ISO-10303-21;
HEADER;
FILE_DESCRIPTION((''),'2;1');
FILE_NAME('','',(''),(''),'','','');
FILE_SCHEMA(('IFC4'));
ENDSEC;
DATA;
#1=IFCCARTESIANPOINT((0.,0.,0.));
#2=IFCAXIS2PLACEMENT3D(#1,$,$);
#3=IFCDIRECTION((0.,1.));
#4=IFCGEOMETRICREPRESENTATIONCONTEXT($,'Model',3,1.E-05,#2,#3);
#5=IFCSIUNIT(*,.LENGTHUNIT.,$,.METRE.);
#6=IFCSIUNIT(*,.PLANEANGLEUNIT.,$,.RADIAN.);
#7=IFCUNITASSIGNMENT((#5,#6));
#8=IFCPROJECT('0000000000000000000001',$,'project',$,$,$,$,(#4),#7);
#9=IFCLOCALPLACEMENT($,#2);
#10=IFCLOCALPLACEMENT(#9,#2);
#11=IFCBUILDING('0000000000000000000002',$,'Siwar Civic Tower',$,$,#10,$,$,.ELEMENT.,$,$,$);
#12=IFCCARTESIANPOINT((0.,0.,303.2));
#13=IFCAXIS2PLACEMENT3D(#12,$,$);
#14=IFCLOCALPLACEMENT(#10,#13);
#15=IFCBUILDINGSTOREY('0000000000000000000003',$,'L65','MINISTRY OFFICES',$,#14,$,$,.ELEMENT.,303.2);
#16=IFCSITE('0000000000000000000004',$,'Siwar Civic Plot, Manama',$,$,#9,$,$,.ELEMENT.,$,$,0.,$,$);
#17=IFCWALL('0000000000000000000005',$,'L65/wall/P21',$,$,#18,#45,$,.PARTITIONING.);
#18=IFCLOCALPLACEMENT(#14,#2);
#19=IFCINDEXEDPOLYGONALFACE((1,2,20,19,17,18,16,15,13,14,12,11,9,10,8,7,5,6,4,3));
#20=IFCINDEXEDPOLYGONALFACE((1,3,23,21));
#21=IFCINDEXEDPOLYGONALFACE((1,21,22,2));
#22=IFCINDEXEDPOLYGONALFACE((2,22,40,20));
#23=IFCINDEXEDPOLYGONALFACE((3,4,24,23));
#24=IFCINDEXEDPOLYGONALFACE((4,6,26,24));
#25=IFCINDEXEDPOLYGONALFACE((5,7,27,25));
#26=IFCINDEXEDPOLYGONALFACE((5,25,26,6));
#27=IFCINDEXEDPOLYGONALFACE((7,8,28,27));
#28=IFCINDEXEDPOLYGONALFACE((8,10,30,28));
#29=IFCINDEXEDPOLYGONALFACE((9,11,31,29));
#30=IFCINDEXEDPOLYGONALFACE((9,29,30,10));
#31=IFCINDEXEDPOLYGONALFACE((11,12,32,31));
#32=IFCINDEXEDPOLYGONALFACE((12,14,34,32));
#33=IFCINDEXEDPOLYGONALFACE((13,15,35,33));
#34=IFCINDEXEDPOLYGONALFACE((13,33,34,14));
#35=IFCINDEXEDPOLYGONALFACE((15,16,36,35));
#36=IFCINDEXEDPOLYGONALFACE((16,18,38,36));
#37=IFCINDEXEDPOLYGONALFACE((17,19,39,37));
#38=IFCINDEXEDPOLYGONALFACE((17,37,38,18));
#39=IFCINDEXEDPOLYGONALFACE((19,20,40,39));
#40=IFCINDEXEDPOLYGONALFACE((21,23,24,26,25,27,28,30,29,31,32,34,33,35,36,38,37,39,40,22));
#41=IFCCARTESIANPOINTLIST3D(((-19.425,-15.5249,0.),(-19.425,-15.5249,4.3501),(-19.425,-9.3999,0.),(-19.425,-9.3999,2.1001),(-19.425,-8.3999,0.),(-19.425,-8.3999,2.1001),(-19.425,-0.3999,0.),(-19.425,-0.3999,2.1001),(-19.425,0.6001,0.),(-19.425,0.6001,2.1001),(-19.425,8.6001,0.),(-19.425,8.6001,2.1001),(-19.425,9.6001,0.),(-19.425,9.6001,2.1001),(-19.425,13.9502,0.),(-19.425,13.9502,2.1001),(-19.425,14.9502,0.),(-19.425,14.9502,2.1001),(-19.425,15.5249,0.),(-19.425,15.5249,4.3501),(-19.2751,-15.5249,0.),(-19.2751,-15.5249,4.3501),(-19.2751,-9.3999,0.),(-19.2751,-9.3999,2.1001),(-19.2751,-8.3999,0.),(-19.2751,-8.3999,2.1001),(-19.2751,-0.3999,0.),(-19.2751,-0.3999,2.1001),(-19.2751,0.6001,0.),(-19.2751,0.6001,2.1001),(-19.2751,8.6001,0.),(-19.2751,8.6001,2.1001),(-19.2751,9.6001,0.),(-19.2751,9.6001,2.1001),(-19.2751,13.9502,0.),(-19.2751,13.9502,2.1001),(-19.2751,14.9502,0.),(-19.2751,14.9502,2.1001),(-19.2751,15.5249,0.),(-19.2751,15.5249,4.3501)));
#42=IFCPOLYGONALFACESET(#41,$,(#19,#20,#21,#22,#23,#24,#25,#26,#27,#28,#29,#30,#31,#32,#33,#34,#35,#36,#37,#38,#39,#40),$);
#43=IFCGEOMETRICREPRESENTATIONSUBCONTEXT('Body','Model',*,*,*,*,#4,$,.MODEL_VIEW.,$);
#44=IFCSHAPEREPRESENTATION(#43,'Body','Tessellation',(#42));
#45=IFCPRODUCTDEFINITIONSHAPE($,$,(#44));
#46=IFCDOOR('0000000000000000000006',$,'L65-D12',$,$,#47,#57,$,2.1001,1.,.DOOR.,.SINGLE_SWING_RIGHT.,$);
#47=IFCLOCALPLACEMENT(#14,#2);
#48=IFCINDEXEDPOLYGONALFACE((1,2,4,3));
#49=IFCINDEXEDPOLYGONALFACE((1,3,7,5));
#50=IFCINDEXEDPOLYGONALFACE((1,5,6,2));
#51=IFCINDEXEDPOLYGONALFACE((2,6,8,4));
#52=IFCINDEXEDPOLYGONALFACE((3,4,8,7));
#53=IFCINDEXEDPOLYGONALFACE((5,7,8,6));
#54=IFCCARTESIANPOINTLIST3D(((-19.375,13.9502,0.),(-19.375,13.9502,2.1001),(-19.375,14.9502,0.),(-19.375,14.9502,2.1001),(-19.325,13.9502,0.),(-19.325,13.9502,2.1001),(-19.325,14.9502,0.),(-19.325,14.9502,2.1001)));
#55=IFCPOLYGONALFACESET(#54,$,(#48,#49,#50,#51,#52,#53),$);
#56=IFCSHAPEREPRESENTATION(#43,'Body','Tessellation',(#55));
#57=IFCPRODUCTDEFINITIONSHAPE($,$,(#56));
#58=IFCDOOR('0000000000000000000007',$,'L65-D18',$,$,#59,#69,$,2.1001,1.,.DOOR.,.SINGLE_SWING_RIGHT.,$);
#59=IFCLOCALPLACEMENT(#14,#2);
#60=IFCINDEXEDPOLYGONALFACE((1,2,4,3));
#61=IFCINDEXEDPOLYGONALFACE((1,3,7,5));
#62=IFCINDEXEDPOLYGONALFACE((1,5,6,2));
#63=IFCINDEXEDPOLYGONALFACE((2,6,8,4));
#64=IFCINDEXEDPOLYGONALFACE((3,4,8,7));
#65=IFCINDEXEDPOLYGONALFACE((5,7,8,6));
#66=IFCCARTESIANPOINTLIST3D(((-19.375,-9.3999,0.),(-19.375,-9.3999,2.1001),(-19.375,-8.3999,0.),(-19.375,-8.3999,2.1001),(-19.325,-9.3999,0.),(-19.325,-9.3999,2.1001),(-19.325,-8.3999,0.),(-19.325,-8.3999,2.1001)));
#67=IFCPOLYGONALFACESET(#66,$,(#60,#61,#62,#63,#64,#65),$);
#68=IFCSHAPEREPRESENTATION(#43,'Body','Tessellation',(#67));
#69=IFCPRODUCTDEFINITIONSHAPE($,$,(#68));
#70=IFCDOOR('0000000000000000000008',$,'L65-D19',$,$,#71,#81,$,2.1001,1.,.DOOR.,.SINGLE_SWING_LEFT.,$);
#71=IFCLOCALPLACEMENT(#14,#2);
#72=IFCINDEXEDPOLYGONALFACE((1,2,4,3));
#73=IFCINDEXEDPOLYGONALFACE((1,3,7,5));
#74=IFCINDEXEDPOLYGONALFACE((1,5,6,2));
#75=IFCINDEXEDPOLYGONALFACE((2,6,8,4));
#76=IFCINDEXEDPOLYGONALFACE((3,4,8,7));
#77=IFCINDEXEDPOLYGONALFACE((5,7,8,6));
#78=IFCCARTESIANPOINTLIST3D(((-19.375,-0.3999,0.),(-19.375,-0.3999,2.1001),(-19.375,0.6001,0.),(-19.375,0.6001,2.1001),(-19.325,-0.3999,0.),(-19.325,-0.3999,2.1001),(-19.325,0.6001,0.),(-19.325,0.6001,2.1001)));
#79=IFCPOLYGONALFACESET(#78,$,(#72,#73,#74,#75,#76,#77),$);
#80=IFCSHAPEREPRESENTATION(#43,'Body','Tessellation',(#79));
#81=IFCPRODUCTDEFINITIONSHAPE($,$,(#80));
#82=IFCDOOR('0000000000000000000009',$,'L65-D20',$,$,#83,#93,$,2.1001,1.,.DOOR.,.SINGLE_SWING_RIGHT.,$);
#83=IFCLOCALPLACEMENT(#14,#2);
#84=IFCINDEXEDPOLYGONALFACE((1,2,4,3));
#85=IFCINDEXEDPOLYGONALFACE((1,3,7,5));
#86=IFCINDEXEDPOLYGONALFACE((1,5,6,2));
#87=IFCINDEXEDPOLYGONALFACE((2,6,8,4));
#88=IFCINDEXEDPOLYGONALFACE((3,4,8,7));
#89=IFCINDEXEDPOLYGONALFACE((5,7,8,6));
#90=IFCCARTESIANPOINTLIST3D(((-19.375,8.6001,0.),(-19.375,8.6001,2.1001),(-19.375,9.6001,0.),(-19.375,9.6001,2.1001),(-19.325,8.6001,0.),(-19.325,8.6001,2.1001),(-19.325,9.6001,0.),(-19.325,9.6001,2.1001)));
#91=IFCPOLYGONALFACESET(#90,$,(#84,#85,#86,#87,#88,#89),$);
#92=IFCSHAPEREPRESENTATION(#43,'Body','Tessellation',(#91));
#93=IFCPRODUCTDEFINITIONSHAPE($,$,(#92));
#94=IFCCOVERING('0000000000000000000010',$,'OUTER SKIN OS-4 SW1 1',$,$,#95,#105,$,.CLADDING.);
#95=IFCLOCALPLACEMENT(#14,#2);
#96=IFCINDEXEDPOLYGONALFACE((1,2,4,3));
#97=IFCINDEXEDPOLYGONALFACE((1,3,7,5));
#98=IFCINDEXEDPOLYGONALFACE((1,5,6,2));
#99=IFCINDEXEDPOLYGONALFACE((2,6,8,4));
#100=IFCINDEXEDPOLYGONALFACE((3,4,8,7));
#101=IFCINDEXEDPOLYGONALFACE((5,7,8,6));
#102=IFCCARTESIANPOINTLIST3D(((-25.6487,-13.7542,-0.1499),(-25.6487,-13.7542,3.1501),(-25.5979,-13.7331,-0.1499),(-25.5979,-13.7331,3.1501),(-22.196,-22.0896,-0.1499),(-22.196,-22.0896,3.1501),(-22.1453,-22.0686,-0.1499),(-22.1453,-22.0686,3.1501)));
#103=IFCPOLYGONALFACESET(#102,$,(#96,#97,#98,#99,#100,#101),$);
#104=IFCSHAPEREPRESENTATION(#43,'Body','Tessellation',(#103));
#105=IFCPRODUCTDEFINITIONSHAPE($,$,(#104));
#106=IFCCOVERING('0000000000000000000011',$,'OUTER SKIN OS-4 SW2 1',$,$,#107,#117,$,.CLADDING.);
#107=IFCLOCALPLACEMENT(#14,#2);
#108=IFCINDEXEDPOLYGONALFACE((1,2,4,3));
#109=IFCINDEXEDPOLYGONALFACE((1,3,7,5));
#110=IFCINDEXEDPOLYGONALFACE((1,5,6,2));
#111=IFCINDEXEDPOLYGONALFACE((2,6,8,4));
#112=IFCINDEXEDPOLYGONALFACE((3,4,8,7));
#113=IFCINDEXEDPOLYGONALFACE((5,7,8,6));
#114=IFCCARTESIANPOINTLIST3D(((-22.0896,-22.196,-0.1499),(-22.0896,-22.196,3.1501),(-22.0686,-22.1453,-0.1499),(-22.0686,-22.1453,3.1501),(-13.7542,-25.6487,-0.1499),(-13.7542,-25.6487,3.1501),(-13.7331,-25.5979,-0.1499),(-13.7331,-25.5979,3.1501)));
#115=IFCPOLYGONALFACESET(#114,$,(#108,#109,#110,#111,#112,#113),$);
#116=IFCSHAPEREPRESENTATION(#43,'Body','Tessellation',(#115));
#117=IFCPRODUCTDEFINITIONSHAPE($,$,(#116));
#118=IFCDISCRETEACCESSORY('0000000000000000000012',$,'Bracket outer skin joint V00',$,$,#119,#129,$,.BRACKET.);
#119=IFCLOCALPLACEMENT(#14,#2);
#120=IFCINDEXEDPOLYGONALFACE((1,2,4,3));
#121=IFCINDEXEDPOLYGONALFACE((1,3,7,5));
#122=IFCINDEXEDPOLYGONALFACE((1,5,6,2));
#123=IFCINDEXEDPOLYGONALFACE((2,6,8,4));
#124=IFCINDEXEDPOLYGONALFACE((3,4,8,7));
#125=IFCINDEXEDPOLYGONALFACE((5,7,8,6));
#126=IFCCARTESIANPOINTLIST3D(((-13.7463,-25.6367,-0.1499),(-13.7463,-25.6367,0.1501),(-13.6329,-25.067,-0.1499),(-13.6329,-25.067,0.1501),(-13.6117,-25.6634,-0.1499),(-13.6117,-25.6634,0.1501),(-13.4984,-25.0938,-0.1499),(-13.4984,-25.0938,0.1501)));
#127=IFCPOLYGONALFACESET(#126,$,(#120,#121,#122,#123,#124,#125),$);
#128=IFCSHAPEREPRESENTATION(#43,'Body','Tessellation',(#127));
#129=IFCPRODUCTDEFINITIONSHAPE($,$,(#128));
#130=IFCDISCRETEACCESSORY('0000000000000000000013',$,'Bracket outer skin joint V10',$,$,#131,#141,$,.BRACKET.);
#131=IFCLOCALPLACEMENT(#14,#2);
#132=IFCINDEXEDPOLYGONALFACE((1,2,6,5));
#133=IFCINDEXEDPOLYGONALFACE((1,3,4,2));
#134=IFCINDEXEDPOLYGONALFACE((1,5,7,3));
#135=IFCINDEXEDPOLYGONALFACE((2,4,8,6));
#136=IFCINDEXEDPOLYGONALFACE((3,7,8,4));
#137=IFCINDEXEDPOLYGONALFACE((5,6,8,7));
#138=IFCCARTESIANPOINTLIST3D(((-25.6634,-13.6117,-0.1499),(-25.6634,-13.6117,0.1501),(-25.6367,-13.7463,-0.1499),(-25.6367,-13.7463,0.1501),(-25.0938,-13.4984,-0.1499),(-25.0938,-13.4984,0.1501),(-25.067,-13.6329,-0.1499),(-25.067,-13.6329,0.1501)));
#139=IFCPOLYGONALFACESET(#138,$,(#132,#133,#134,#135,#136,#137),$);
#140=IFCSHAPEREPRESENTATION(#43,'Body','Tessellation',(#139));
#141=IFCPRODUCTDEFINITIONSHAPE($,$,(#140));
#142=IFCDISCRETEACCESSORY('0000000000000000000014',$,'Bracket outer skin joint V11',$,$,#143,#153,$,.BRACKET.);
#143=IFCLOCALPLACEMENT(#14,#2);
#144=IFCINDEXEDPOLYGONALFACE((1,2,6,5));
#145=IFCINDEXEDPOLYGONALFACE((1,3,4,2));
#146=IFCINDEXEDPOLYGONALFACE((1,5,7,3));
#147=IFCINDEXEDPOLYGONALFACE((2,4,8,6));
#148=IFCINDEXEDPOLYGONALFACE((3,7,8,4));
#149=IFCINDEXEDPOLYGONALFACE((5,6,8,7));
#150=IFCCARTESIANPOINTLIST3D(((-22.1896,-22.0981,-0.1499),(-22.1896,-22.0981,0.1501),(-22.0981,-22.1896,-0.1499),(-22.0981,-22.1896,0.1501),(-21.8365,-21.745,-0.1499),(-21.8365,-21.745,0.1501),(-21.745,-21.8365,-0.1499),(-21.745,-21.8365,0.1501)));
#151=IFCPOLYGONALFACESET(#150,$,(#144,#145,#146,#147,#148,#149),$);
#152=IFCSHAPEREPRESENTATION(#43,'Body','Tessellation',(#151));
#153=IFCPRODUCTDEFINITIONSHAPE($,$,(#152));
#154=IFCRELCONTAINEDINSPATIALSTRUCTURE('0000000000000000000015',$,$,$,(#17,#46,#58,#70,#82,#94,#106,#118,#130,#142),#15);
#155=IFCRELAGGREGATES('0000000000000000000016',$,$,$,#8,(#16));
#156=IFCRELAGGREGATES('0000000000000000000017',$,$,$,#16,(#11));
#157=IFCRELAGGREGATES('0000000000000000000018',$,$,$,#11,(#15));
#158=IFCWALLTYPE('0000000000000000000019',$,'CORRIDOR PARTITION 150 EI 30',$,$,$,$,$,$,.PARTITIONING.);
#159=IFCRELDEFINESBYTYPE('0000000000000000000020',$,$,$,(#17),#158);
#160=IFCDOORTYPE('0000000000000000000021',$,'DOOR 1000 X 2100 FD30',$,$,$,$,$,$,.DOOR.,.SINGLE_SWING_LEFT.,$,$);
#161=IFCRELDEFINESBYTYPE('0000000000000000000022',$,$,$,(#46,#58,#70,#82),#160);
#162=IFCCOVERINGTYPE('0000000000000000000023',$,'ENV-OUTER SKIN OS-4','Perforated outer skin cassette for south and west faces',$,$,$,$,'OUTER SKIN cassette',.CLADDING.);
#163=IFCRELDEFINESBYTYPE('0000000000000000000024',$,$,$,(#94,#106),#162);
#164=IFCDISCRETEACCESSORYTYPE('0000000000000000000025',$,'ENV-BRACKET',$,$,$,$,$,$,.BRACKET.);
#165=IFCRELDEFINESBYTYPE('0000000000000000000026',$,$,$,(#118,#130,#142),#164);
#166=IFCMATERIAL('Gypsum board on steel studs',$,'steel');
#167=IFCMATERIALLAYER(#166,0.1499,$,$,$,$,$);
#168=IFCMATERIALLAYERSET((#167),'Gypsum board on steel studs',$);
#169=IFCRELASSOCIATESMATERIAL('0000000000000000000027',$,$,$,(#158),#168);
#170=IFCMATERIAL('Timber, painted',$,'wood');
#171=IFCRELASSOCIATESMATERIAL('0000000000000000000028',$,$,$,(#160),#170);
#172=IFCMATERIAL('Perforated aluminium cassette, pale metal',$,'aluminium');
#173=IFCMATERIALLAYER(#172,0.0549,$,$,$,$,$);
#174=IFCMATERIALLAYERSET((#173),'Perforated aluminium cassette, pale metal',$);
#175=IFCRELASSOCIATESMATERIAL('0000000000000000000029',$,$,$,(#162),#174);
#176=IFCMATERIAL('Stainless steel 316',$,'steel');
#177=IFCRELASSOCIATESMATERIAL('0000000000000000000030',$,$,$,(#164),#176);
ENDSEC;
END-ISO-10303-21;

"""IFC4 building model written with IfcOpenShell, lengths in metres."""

from ifc_helpers import new_model, si_unit, direction, frame, frame_2d, origin, origin_2d, place, context, subcontext, project, spatial, rectangle, extrude, material, layer, layer_set, type_object, element, fill, save


model = new_model("IFC4")

# Units and contexts
model_context = context("Model", 3, precision=1e-05, world=origin(), true_north=direction((0.0, 1.0)))
body_context = subcontext(model_context, "Body", "Model", "MODEL_VIEW")
ifc_project = project(units=[si_unit("LENGTHUNIT", "METRE"), si_unit("PLANEANGLEUNIT", "RADIAN")], contexts=[model_context])

# Site, building, storey
site_placement = place(None, origin())
site = spatial("IfcSite", under=ifc_project, at=site_placement, Name="Siwar Civic Plot, Manama", CompositionType="ELEMENT", RefElevation=0.0)
building_placement = place(site_placement, origin())
building = spatial("IfcBuilding", under=site, at=building_placement, Name="Siwar Civic Tower", CompositionType="ELEMENT")
storey_placement = place(building_placement, frame((0.0, 0.0, 303.2)))
storey = spatial("IfcBuildingStorey", under=building, at=storey_placement, Name="L65", Description="MINISTRY OFFICES", CompositionType="ELEMENT", Elevation=303.2)

# Wall, openings, doors
ifc_material_1 = material(Name="Gypsum board on steel studs", Category="steel")
ifc_layer_1 = layer(ifc_material_1, 0.1499)
ifc_layer_set_1 = layer_set([ifc_layer_1], Name="Gypsum board on steel studs")
wall_type = type_object("IfcWallType", Name="CORRIDOR PARTITION 150 EI 30", PredefinedType="PARTITIONING", material=ifc_layer_set_1)
ifc_material_2 = material(Name="Timber, painted", Category="wood")
door_type = type_object("IfcDoorType", Name="DOOR 1000 X 2100 FD30", OperationType="SINGLE_SWING_LEFT", PredefinedType="DOOR", material=ifc_material_2)
wall_1_placement = place(storey_placement, frame((-19.3501, -15.5249, 0.0), z_axis=(0.0, 0.0, 1.0), x_axis=(0.0, 1.0, 0.0)))
wall_1 = element("IfcWall", 1, at=wall_1_placement, inside=storey, type_object=wall_type, Name="L65/wall/P21", PredefinedType="PARTITIONING", context=body_context, shape_type="SweptSolid", body=[
    extrude(rectangle(XDim=31.0498, YDim=0.1499, at=frame_2d((15.5249, 0.0))), origin(), (0.0, 0.0, 1.0), 4.3501),
])
opening_1_placement = place(wall_1_placement, frame((29.4751, 0.0, 0.0)))
opening_1 = element("IfcOpeningElement", 2, at=opening_1_placement, cuts=wall_1, PredefinedType="OPENING", context=body_context, shape_type="SweptSolid", body=[
    extrude(rectangle(XDim=1.0, YDim=2.1001, at=frame_2d((0.5, 1.05))), frame((0.0, 0.085, 0.0), z_axis=(0.0, -1.0, 0.0), x_axis=(1.0, 0.0, 0.0)), (0.0, 0.0, 1.0), 0.1699),
])
opening_2_placement = place(wall_1_placement, frame((6.125, 0.0, 0.0)))
opening_2 = element("IfcOpeningElement", 3, at=opening_2_placement, cuts=wall_1, PredefinedType="OPENING", context=body_context, shape_type="SweptSolid", body=[
    extrude(rectangle(XDim=1.0, YDim=2.1001, at=frame_2d((0.5, 1.05))), frame((0.0, 0.085, 0.0), z_axis=(0.0, -1.0, 0.0), x_axis=(1.0, 0.0, 0.0)), (0.0, 0.0, 1.0), 0.1699),
])
opening_3_placement = place(wall_1_placement, frame((15.125, 0.0, 0.0)))
opening_3 = element("IfcOpeningElement", 4, at=opening_3_placement, cuts=wall_1, PredefinedType="OPENING", context=body_context, shape_type="SweptSolid", body=[
    extrude(rectangle(XDim=1.0, YDim=2.1001, at=frame_2d((0.5, 1.05))), frame((0.0, 0.085, 0.0), z_axis=(0.0, -1.0, 0.0), x_axis=(1.0, 0.0, 0.0)), (0.0, 0.0, 1.0), 0.1699),
])
opening_4_placement = place(wall_1_placement, frame((24.125, 0.0, 0.0)))
opening_4 = element("IfcOpeningElement", 5, at=opening_4_placement, cuts=wall_1, PredefinedType="OPENING", context=body_context, shape_type="SweptSolid", body=[
    extrude(rectangle(XDim=1.0, YDim=2.1001, at=frame_2d((0.5, 1.05))), frame((0.0, 0.085, 0.0), z_axis=(0.0, -1.0, 0.0), x_axis=(1.0, 0.0, 0.0)), (0.0, 0.0, 1.0), 0.1699),
])
door_1_placement = place(opening_1_placement, origin())
door_1 = element("IfcDoor", 6, at=door_1_placement, inside=storey, type_object=door_type, Name="L65-D12", OperationType="SINGLE_SWING_RIGHT", OverallHeight=2.1001, OverallWidth=1.0, PredefinedType="DOOR", context=body_context, shape_type="SweptSolid", body=[
    extrude(rectangle(XDim=1.0, YDim=2.1001, at=frame_2d((0.5, 1.05))), frame((0.0, 0.0249, 0.0), z_axis=(0.0, -1.0, 0.0), x_axis=(1.0, 0.0, 0.0)), (0.0, 0.0, 1.0), 0.05),
])
fill(opening_1, door_1)
door_2_placement = place(opening_2_placement, origin())
door_2 = element("IfcDoor", 7, at=door_2_placement, inside=storey, type_object=door_type, Name="L65-D18", OperationType="SINGLE_SWING_RIGHT", OverallHeight=2.1001, OverallWidth=1.0, PredefinedType="DOOR", context=body_context, shape_type="SweptSolid", body=[
    extrude(rectangle(XDim=1.0, YDim=2.1001, at=frame_2d((0.5, 1.05))), frame((0.0, 0.0249, 0.0), z_axis=(0.0, -1.0, 0.0), x_axis=(1.0, 0.0, 0.0)), (0.0, 0.0, 1.0), 0.05),
])
fill(opening_2, door_2)
door_3_placement = place(opening_3_placement, origin())
door_3 = element("IfcDoor", 8, at=door_3_placement, inside=storey, type_object=door_type, Name="L65-D19", OperationType="SINGLE_SWING_LEFT", OverallHeight=2.1001, OverallWidth=1.0, PredefinedType="DOOR", context=body_context, shape_type="SweptSolid", body=[
    extrude(rectangle(XDim=1.0, YDim=2.1001, at=frame_2d((0.5, 1.05))), frame((0.0, 0.0249, 0.0), z_axis=(0.0, -1.0, 0.0), x_axis=(1.0, 0.0, 0.0)), (0.0, 0.0, 1.0), 0.05),
])
fill(opening_3, door_3)
door_4_placement = place(opening_4_placement, origin())
door_4 = element("IfcDoor", 9, at=door_4_placement, inside=storey, type_object=door_type, Name="L65-D20", OperationType="SINGLE_SWING_RIGHT", OverallHeight=2.1001, OverallWidth=1.0, PredefinedType="DOOR", context=body_context, shape_type="SweptSolid", body=[
    extrude(rectangle(XDim=1.0, YDim=2.1001, at=frame_2d((0.5, 1.05))), frame((0.0, 0.0249, 0.0), z_axis=(0.0, -1.0, 0.0), x_axis=(1.0, 0.0, 0.0)), (0.0, 0.0, 1.0), 0.05),
])
fill(opening_4, door_4)

# Coverings
ifc_material_3 = material(Name="Perforated aluminium cassette, pale metal", Category="aluminium")
ifc_layer_2 = layer(ifc_material_3, 0.0549)
ifc_layer_set_2 = layer_set([ifc_layer_2], Name="Perforated aluminium cassette, pale metal")
covering_type = type_object("IfcCoveringType", Name="ENV-OUTER SKIN OS-4", Description="Perforated outer skin cassette for south and west faces", ElementType="OUTER SKIN cassette", PredefinedType="CLADDING", material=ifc_layer_set_2)
for number, where, z_axis, x_axis, name in (
    (10, (-23.897, -17.9114, -0.1499), (0.0, 0.0, 1.0), (0.382683, -0.92388, 0.0), "OUTER SKIN OS-4 SW1 1"),
    (11, (-17.9114, -23.897, -0.1499), (0.0, 0.0, 1.0), (0.92388, -0.382683, 0.0), "OUTER SKIN OS-4 SW2 1"),
):
    element("IfcCovering", number, at=place(storey_placement, frame(where, z_axis=z_axis, x_axis=x_axis)), inside=storey, type_object=covering_type, Name=name, PredefinedType="CLADDING", context=body_context, shape_type="SweptSolid", body=[
        extrude(rectangle(XDim=9.0222, YDim=0.0549, at=origin_2d()), origin(), (0.0, 0.0, 1.0), 3.3),
    ])

# Discrete accessories
ifc_material_4 = material(Name="Stainless steel 316", Category="steel")
discrete_accessory_type = type_object("IfcDiscreteAccessoryType", Name="ENV-BRACKET", PredefinedType="BRACKET", material=ifc_material_4)
for number, where, z_axis, x_axis, name in (
    (12, (-13.6223, -25.3652, -0.1499), (0.0, 0.0, 1.0), (-0.19509, -0.980785, 0.0), "Bracket outer skin joint V00"),
    (13, (-25.3652, -13.6223, -0.1499), (0.0, 0.0, 1.0), (-0.980785, -0.19509, 0.0), "Bracket outer skin joint V10"),
):
    element("IfcDiscreteAccessory", number, at=place(storey_placement, frame(where, z_axis=z_axis, x_axis=x_axis)), inside=storey, type_object=discrete_accessory_type, Name=name, PredefinedType="BRACKET", context=body_context, shape_type="SweptSolid", body=[
        extrude(rectangle(XDim=0.5808, YDim=0.1372, at=origin_2d()), origin(), (0.0, 0.0, 1.0), 0.3),
    ])
discrete_accessory_placement = place(storey_placement, frame((-21.9673, -21.9673, -0.1499), z_axis=(0.0, 0.0, 1.0), x_axis=(-0.707107, -0.707107, 0.0)))
element("IfcDiscreteAccessory", 14, at=discrete_accessory_placement, inside=storey, type_object=discrete_accessory_type, Name="Bracket outer skin joint V11", PredefinedType="BRACKET", context=body_context, shape_type="SweptSolid", body=[
    extrude(rectangle(XDim=0.4993, YDim=0.1294, at=origin_2d()), origin(), (0.0, 0.0, 1.0), 0.3),
])

save(model, "model.ifc")
